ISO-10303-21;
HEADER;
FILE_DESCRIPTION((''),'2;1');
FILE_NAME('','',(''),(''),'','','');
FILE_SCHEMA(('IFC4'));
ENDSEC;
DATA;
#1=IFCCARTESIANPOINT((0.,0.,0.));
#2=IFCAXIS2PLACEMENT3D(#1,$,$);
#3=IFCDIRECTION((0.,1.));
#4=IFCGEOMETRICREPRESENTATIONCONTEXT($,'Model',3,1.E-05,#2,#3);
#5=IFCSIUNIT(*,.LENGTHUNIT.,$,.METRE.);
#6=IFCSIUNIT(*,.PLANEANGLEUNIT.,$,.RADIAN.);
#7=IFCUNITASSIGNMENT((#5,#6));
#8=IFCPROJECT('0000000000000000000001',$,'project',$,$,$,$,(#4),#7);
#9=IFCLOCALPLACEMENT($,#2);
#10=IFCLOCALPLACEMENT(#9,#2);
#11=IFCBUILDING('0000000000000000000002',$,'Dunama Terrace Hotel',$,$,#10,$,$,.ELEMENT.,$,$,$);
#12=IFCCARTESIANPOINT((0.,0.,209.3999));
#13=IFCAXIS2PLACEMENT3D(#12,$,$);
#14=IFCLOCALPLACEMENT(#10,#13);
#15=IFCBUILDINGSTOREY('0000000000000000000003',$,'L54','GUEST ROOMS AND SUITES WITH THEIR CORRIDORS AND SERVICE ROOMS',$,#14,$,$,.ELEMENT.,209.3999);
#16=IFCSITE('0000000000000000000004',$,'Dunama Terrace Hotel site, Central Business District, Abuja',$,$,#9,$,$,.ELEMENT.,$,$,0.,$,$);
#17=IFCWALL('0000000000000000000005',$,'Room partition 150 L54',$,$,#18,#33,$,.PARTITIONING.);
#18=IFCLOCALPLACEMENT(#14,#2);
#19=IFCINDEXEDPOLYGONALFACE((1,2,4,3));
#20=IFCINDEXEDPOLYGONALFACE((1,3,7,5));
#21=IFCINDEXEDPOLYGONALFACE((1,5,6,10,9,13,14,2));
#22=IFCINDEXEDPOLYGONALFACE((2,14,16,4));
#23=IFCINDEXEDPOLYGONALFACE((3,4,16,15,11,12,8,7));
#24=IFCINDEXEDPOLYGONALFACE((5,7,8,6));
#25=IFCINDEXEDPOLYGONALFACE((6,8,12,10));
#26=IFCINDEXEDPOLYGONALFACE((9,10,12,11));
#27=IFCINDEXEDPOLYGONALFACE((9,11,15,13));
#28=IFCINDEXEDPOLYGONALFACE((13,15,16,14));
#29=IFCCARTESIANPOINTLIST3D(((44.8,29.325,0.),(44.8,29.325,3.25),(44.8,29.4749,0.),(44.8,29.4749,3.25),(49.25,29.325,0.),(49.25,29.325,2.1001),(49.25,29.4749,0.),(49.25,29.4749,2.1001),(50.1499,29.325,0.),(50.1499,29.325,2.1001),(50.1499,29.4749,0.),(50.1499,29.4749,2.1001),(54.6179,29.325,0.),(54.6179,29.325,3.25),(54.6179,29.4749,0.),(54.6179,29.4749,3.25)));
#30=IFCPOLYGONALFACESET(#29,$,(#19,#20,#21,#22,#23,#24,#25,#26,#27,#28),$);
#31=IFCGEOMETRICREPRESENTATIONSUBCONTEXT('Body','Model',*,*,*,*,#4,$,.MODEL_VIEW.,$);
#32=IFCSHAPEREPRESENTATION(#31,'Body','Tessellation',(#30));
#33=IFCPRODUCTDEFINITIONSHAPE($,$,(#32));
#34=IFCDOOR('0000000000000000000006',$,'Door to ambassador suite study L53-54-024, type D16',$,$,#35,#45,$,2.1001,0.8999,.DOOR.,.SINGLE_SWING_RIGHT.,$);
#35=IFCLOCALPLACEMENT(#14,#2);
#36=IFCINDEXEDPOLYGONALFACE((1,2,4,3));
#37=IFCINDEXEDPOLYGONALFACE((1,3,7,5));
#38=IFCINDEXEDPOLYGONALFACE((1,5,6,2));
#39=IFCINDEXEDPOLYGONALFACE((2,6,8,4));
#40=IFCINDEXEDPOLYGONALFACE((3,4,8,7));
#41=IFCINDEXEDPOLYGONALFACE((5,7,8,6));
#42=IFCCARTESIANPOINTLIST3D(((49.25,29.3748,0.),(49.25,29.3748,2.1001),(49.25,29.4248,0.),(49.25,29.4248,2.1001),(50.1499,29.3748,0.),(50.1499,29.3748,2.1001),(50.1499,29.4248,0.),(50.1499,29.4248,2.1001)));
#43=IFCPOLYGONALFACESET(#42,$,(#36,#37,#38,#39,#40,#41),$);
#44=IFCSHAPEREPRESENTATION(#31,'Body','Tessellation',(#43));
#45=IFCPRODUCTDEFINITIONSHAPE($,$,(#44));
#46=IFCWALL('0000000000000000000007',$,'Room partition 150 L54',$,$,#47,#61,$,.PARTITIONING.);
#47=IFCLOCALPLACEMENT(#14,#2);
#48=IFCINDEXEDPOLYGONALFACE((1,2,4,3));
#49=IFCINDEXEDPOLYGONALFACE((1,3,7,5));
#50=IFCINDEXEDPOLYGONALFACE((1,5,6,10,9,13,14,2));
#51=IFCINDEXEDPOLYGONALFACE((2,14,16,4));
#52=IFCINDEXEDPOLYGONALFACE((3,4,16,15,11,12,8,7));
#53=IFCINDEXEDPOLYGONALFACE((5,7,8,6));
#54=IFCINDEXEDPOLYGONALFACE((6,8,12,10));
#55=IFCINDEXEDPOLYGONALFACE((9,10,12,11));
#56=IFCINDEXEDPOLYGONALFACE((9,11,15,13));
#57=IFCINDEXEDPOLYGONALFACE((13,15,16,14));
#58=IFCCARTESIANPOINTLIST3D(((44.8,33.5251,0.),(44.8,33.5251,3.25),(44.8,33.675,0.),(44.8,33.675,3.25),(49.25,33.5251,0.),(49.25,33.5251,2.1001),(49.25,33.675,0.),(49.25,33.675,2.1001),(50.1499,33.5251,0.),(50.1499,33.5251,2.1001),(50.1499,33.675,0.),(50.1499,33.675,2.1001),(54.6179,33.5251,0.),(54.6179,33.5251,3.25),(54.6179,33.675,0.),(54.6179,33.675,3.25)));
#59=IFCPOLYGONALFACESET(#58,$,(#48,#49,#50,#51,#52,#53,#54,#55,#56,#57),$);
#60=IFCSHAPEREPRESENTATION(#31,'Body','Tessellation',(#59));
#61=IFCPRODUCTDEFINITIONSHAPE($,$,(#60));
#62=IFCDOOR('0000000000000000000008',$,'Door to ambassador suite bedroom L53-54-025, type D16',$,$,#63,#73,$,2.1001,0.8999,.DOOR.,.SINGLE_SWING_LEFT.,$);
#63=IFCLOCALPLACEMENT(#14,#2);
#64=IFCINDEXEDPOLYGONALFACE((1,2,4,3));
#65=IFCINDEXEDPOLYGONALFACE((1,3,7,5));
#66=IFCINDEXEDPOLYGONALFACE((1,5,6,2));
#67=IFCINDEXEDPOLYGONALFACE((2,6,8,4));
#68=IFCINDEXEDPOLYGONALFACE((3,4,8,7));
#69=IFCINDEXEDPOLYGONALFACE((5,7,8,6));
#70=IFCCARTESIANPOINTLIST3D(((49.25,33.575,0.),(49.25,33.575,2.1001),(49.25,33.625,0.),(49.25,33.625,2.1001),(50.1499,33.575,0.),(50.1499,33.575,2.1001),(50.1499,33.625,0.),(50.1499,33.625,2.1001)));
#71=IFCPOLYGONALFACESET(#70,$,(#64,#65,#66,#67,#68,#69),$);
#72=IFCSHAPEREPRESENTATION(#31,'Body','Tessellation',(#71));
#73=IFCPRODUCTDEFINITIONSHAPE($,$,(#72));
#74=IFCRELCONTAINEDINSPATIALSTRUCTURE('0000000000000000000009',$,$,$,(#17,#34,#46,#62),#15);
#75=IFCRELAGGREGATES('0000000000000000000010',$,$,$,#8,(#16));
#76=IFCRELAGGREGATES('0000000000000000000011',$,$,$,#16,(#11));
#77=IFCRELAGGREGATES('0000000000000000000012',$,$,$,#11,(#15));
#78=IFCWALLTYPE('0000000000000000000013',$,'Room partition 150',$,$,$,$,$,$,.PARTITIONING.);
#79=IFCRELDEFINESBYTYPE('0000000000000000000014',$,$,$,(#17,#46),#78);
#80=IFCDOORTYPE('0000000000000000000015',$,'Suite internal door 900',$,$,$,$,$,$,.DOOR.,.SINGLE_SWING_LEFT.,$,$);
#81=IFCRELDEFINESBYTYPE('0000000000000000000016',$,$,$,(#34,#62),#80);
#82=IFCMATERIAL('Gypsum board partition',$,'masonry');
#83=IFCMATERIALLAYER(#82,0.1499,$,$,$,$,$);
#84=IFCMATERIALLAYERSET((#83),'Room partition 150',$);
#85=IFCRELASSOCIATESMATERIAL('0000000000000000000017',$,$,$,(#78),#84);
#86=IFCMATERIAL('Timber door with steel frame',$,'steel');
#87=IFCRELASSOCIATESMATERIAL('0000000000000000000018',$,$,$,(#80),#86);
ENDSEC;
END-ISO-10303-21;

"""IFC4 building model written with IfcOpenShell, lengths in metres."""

from ifc_helpers import new_model, si_unit, direction, frame, frame_2d, origin, place, context, subcontext, project, spatial, rectangle, extrude, material, layer, layer_set, type_object, element, fill, save


model = new_model("IFC4")

# Units and contexts
model_context = context("Model", 3, precision=1e-05, world=origin(), true_north=direction((0.0, 1.0)))
body_context = subcontext(model_context, "Body", "Model", "MODEL_VIEW")
ifc_project = project(units=[si_unit("LENGTHUNIT", "METRE"), si_unit("PLANEANGLEUNIT", "RADIAN")], contexts=[model_context])

# Site, building, storey
site_placement = place(None, origin())
site = spatial("IfcSite", under=ifc_project, at=site_placement, Name="Dunama Terrace Hotel site, Central Business District, Abuja", CompositionType="ELEMENT", RefElevation=0.0)
building_placement = place(site_placement, origin())
building = spatial("IfcBuilding", under=site, at=building_placement, Name="Dunama Terrace Hotel", CompositionType="ELEMENT")
storey_placement = place(building_placement, frame((0.0, 0.0, 209.3999)))
storey = spatial("IfcBuildingStorey", under=building, at=storey_placement, Name="L54", Description="GUEST ROOMS AND SUITES WITH THEIR CORRIDORS AND SERVICE ROOMS", CompositionType="ELEMENT", Elevation=209.3999)

# Walls, openings, doors
ifc_material_1 = material(Name="Gypsum board partition", Category="masonry")
ifc_layer_1 = layer(ifc_material_1, 0.1499)
ifc_layer_set_1 = layer_set([ifc_layer_1], Name="Room partition 150")
wall_type_1 = type_object("IfcWallType", Name="Room partition 150", PredefinedType="PARTITIONING", material=ifc_layer_set_1)
wall_1_placement = place(storey_placement, frame((44.8, 29.3999, 0.0), z_axis=(0.0, 0.0, 1.0), x_axis=(1.0, 0.0, 0.0)))
wall_1 = element("IfcWall", 1, at=wall_1_placement, inside=storey, type_object=wall_type_1, Name="Room partition 150 L54", PredefinedType="PARTITIONING", context=body_context, shape_type="SweptSolid", body=[
    extrude(rectangle(XDim=9.8179, YDim=0.1499, at=frame_2d((4.9089, 0.0))), origin(), (0.0, 0.0, 1.0), 3.25),
])
opening_1_placement = place(wall_1_placement, frame((4.45, 0.0, 0.0)))
opening_1 = element("IfcOpeningElement", 2, at=opening_1_placement, cuts=wall_1, PredefinedType="OPENING", context=body_context, shape_type="SweptSolid", body=[
    extrude(rectangle(XDim=0.8999, YDim=2.1001, at=frame_2d((0.45, 1.05))), frame((0.0, 0.085, 0.0), z_axis=(0.0, -1.0, 0.0), x_axis=(1.0, 0.0, 0.0)), (0.0, 0.0, 1.0), 0.1699),
])
ifc_material_2 = material(Name="Timber door with steel frame", Category="steel")
door_type_1 = type_object("IfcDoorType", Name="Suite internal door 900", OperationType="SINGLE_SWING_LEFT", PredefinedType="DOOR", material=ifc_material_2)
door_1_placement = place(opening_1_placement, frame((0.8999, 0.0, 0.0), z_axis=(0.0, 0.0, 1.0), x_axis=(-1.0, 0.0, 0.0)))
door_1 = element("IfcDoor", 3, at=door_1_placement, inside=storey, type_object=door_type_1, Name="Door to ambassador suite study L53-54-024, type D16", OperationType="SINGLE_SWING_RIGHT", OverallHeight=2.1001, OverallWidth=0.8999, PredefinedType="DOOR", context=body_context, shape_type="SweptSolid", body=[
    extrude(rectangle(XDim=0.8999, YDim=2.1001, at=frame_2d((0.45, 1.05))), frame((0.0, 0.0251, 0.0), z_axis=(0.0, -1.0, 0.0), x_axis=(1.0, 0.0, 0.0)), (0.0, 0.0, 1.0), 0.05),
])
fill(opening_1, door_1)
wall_2_placement = place(storey_placement, frame((44.8, 33.6001, 0.0), z_axis=(0.0, 0.0, 1.0), x_axis=(1.0, 0.0, 0.0)))
wall_2 = element("IfcWall", 4, at=wall_2_placement, inside=storey, type_object=wall_type_1, Name="Room partition 150 L54", PredefinedType="PARTITIONING", context=body_context, shape_type="SweptSolid", body=[
    extrude(rectangle(XDim=9.8179, YDim=0.1499, at=frame_2d((4.9089, 0.0))), origin(), (0.0, 0.0, 1.0), 3.25),
])
opening_2_placement = place(wall_2_placement, frame((4.45, 0.0, 0.0)))
opening_2 = element("IfcOpeningElement", 5, at=opening_2_placement, cuts=wall_2, PredefinedType="OPENING", context=body_context, shape_type="SweptSolid", body=[
    extrude(rectangle(XDim=0.8999, YDim=2.1001, at=frame_2d((0.45, 1.05))), frame((0.0, 0.085, 0.0), z_axis=(0.0, -1.0, 0.0), x_axis=(1.0, 0.0, 0.0)), (0.0, 0.0, 1.0), 0.1699),
])
door_2_placement = place(opening_2_placement, origin())
door_2 = element("IfcDoor", 6, at=door_2_placement, inside=storey, type_object=door_type_1, Name="Door to ambassador suite bedroom L53-54-025, type D16", OperationType="SINGLE_SWING_LEFT", OverallHeight=2.1001, OverallWidth=0.8999, PredefinedType="DOOR", context=body_context, shape_type="SweptSolid", body=[
    extrude(rectangle(XDim=0.8999, YDim=2.1001, at=frame_2d((0.45, 1.05))), frame((0.0, 0.0249, 0.0), z_axis=(0.0, -1.0, 0.0), x_axis=(1.0, 0.0, 0.0)), (0.0, 0.0, 1.0), 0.05),
])
fill(opening_2, door_2)

save(model, "model.ifc")
